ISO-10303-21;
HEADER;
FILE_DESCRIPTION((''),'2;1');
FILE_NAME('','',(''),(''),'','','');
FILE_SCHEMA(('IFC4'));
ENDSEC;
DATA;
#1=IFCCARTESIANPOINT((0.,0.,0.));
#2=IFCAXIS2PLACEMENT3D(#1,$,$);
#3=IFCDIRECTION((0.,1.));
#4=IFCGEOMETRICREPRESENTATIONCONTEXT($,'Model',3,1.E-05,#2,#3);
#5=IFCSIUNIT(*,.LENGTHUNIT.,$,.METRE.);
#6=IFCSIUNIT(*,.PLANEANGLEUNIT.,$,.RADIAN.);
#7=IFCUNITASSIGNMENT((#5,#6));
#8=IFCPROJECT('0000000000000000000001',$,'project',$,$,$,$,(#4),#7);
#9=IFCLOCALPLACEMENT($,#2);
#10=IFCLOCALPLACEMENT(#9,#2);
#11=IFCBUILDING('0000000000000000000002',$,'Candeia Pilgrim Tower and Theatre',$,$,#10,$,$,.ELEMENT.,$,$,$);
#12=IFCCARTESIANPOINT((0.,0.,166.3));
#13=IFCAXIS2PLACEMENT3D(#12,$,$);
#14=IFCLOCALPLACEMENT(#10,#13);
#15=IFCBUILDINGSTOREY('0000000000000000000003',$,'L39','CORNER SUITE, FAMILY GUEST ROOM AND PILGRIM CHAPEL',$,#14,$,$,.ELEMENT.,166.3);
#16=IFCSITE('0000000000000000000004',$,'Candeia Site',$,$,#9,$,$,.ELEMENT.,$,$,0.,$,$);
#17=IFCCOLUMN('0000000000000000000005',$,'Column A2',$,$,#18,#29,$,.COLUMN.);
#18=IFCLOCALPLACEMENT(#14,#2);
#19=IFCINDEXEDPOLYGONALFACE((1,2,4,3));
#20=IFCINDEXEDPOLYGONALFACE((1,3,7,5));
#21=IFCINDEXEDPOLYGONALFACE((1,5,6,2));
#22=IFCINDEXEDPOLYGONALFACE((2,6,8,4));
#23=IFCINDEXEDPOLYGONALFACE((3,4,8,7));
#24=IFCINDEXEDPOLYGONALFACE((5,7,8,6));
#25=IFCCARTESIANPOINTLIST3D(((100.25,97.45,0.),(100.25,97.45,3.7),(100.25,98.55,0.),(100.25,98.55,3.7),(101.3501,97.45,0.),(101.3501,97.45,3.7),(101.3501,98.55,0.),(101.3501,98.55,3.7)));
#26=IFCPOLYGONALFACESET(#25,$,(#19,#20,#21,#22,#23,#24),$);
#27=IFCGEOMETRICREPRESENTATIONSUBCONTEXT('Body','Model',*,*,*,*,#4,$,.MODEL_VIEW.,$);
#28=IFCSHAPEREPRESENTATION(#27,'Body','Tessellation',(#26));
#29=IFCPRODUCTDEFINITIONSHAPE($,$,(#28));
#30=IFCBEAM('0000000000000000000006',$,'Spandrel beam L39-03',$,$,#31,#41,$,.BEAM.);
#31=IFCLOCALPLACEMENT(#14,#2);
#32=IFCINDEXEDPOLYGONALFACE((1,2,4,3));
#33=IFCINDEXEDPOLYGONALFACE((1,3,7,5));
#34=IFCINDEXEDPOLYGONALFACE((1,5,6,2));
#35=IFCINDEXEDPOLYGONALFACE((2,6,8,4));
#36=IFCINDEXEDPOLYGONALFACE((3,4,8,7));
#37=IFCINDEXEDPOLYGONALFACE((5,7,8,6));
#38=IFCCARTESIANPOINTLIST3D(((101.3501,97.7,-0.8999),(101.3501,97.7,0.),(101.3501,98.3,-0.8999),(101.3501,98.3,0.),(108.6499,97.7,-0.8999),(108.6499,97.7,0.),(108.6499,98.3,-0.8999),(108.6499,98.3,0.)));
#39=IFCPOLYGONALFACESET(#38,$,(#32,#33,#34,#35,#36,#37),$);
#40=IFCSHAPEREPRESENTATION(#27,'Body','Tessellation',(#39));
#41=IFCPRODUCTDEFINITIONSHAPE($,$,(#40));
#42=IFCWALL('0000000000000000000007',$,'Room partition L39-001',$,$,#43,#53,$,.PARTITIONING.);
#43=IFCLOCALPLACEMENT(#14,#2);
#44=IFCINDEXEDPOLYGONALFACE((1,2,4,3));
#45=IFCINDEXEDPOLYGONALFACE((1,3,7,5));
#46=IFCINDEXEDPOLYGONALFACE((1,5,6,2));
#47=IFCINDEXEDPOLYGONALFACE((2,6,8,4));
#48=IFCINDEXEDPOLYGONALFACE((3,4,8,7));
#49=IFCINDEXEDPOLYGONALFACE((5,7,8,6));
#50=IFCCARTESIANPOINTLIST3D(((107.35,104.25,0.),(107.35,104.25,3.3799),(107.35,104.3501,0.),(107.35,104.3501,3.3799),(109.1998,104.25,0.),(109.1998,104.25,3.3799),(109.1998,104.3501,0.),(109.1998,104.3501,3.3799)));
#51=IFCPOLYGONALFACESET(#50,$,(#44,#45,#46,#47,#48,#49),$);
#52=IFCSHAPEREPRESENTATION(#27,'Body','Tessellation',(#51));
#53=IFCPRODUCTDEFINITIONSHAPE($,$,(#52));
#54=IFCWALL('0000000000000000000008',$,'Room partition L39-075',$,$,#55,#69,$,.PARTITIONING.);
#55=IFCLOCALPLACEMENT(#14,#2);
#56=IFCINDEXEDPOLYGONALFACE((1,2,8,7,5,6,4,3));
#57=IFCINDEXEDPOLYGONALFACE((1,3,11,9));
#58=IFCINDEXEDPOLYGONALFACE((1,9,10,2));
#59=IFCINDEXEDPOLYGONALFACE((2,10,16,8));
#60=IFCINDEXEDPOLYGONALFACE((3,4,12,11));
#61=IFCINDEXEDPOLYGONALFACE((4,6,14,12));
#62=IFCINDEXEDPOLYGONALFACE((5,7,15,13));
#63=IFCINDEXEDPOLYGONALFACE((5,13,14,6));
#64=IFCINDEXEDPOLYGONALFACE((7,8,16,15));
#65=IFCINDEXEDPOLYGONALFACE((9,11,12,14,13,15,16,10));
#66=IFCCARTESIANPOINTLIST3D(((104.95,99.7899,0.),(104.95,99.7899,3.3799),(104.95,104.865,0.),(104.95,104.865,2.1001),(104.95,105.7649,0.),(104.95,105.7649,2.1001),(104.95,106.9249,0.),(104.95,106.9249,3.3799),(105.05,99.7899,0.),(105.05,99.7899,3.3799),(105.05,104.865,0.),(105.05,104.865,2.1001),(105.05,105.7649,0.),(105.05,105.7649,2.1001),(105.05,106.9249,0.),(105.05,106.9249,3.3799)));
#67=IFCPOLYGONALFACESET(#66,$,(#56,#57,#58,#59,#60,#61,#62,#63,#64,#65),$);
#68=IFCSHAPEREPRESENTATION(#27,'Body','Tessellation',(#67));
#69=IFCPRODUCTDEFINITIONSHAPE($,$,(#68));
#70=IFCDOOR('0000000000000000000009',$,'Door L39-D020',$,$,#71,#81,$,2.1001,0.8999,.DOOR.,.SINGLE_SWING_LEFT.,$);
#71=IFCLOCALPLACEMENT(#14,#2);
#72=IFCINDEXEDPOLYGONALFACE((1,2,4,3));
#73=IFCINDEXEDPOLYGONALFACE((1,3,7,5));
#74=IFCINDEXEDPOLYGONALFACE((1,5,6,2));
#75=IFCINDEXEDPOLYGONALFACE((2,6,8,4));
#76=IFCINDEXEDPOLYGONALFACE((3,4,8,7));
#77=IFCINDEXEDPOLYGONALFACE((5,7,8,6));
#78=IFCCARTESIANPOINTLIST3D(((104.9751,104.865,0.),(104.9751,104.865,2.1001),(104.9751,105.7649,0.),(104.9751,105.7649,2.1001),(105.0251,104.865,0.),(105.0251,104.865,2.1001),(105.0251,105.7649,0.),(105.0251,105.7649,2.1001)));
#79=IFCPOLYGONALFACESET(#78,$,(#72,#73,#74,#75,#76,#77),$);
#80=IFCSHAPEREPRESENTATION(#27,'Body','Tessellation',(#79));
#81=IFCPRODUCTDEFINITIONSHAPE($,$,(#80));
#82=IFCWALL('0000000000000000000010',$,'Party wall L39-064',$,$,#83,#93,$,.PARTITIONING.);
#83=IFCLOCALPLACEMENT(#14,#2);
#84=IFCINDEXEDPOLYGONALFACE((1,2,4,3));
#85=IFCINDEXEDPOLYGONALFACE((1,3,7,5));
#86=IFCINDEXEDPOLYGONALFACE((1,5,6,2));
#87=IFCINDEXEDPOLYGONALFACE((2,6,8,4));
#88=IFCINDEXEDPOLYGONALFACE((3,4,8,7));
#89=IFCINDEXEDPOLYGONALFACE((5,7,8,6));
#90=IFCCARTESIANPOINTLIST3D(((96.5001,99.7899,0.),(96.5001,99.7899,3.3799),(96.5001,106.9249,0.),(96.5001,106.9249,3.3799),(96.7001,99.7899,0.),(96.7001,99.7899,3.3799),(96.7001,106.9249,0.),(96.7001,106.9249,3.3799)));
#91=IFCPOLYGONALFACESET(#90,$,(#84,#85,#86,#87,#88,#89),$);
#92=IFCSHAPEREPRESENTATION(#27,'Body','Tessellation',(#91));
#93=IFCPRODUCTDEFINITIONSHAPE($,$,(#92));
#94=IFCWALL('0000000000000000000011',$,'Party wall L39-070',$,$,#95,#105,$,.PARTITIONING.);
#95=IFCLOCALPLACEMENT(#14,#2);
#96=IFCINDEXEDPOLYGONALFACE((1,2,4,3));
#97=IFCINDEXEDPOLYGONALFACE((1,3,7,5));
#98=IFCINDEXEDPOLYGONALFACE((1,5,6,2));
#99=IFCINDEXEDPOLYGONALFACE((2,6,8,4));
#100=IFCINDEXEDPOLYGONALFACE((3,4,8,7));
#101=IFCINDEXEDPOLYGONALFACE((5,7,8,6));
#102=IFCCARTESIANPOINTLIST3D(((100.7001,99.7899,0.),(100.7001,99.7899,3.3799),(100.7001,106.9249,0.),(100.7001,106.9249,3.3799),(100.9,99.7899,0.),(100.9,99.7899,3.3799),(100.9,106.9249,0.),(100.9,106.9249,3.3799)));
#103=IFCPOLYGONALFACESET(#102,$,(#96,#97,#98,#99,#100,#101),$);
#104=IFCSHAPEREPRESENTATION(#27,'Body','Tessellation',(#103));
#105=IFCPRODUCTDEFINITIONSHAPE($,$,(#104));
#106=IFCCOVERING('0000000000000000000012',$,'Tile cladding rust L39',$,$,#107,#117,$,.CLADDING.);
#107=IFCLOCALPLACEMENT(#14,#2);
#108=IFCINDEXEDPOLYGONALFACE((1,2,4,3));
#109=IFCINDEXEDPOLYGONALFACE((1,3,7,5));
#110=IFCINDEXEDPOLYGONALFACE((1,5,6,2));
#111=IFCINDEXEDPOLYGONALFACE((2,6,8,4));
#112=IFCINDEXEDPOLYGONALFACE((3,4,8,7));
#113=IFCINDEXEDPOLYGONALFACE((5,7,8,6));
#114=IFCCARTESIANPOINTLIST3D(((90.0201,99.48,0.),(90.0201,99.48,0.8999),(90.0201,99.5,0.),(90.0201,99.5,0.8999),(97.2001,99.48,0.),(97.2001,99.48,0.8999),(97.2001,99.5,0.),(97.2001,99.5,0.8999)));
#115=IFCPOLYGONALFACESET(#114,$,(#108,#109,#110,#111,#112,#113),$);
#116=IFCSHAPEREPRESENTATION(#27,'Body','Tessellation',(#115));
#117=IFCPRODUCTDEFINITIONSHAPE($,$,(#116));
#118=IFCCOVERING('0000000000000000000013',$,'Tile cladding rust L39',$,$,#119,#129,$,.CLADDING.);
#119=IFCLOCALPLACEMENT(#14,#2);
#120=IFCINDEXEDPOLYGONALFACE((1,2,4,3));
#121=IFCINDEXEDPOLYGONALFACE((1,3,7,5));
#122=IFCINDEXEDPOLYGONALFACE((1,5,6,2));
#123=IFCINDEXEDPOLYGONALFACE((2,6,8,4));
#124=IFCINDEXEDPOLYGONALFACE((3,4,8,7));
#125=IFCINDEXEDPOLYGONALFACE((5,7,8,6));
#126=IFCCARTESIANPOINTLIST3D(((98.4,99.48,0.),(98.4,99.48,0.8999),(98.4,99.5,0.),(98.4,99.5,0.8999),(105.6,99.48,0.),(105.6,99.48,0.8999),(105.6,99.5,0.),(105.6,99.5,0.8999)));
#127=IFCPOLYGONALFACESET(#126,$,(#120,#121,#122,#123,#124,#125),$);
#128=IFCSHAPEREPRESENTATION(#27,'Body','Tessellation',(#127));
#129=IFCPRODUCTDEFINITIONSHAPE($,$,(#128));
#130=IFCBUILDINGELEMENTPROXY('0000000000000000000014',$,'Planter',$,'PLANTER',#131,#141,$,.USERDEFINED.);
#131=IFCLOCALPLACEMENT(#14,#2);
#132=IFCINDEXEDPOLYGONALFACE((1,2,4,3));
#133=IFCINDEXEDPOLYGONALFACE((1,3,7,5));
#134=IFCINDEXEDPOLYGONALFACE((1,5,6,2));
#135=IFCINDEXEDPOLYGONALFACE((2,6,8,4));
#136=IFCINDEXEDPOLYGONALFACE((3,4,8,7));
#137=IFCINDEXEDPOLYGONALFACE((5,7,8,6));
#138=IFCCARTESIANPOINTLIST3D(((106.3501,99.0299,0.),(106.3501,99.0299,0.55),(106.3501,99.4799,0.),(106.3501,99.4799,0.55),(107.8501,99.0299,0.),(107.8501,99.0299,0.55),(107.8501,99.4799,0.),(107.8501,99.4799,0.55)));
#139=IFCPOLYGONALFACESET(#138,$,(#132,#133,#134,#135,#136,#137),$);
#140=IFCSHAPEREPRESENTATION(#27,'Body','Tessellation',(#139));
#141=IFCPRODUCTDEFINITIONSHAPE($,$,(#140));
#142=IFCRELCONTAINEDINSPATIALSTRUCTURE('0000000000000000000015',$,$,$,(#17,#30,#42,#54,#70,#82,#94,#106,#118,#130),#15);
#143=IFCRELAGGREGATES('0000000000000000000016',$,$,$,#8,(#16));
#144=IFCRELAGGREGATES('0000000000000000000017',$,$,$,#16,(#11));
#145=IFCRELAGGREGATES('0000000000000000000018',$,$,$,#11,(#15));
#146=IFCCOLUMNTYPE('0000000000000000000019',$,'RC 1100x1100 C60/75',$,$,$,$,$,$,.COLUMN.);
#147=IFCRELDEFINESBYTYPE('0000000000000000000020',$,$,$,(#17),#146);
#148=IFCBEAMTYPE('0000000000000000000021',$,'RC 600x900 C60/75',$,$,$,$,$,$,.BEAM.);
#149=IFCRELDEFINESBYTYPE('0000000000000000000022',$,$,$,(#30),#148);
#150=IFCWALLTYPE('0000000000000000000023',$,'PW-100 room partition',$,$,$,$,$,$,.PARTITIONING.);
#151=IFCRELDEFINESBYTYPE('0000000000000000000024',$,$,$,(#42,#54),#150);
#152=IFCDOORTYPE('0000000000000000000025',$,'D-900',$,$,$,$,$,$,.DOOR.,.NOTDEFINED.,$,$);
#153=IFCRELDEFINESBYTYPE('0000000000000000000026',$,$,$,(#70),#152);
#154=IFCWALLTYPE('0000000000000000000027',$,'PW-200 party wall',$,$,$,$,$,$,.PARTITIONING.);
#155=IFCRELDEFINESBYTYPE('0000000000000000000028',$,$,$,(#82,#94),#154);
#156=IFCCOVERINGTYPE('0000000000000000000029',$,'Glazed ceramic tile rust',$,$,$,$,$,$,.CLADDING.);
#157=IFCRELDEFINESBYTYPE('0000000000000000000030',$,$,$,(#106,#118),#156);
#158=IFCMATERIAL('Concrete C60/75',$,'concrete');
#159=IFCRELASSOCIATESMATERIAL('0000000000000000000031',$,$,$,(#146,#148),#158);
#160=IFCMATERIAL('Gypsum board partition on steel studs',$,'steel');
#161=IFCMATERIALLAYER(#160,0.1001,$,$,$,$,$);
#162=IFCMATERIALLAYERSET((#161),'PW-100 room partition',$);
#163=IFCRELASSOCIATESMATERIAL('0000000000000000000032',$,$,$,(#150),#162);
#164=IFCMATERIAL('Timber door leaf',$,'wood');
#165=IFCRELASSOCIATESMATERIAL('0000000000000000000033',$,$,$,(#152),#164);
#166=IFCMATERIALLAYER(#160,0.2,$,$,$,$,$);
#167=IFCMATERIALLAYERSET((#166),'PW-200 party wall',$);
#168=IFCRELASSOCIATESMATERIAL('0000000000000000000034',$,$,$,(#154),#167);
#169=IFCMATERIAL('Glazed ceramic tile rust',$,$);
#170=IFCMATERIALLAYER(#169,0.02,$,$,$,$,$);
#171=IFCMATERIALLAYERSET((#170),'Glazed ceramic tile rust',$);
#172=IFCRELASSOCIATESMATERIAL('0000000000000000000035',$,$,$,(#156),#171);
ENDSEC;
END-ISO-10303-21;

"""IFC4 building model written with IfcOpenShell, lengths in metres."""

from ifc_helpers import new_model, si_unit, direction, frame, frame_2d, origin, origin_2d, place, context, subcontext, project, spatial, rectangle, extrude, material, layer, layer_set, material_profile, profile_set, type_object, element, fill, save


model = new_model("IFC4")

# Units and contexts
model_context = context("Model", 3, precision=1e-05, world=origin(), true_north=direction((0.0, 1.0)))
body_context = subcontext(model_context, "Body", "Model", "MODEL_VIEW")
ifc_project = project(units=[si_unit("LENGTHUNIT", "METRE"), si_unit("PLANEANGLEUNIT", "RADIAN")], contexts=[model_context])

# Site, building, storey
site_placement = place(None, origin())
site = spatial("IfcSite", under=ifc_project, at=site_placement, Name="Candeia Site", CompositionType="ELEMENT", RefElevation=0.0)
building_placement = place(site_placement, origin())
building = spatial("IfcBuilding", under=site, at=building_placement, Name="Candeia Pilgrim Tower and Theatre", CompositionType="ELEMENT")
storey_placement = place(building_placement, frame((0.0, 0.0, 166.3)))
storey = spatial("IfcBuildingStorey", under=building, at=storey_placement, Name="L39", Description="CORNER SUITE, FAMILY GUEST ROOM AND PILGRIM CHAPEL", CompositionType="ELEMENT", Elevation=166.3)

# Column
ifc_material_1 = material(Name="Concrete C60/75", Category="concrete")
ifc_material_profile_1 = material_profile(ifc_material_1, rectangle(XDim=1.1001, YDim=1.1001, at=origin_2d()))
ifc_profile_set_1 = profile_set([ifc_material_profile_1], Name="Concrete C60/75")
column_type = type_object("IfcColumnType", Name="RC 1100x1100 C60/75", PredefinedType="COLUMN", material=ifc_profile_set_1)
column_placement = place(storey_placement, frame((100.8, 98.0, 0.0), z_axis=(0.0, 0.0, 1.0), x_axis=(1.0, 0.0, 0.0)))
element("IfcColumn", 1, at=column_placement, inside=storey, type_object=column_type, Name="Column A2", PredefinedType="COLUMN", context=body_context, shape_type="SweptSolid", body=[
    extrude(rectangle(XDim=1.1001, YDim=1.1001, at=origin_2d()), origin(), (0.0, 0.0, 1.0), 3.7),
])

# Beam
ifc_material_profile_2 = material_profile(ifc_material_1, rectangle(XDim=0.6001, YDim=0.8999, at=origin_2d()))
ifc_profile_set_2 = profile_set([ifc_material_profile_2], Name="Concrete C60/75")
beam_type = type_object("IfcBeamType", Name="RC 600x900 C60/75", PredefinedType="BEAM", material=ifc_profile_set_2)
beam_placement = place(storey_placement, frame((101.3501, 98.0, -0.45), z_axis=(1.0, 0.0, 0.0), x_axis=(0.0, 1.0, 0.0)))
element("IfcBeam", 2, at=beam_placement, inside=storey, type_object=beam_type, Name="Spandrel beam L39-03", PredefinedType="BEAM", context=body_context, shape_type="SweptSolid", body=[
    extrude(rectangle(XDim=0.6001, YDim=0.8999, at=origin_2d()), origin(), (0.0, 0.0, 1.0), 7.2998),
])

# Wall
ifc_material_2 = material(Name="Gypsum board partition on steel studs", Category="steel")
ifc_layer_1 = layer(ifc_material_2, 0.1001)
ifc_layer_set_1 = layer_set([ifc_layer_1], Name="PW-100 room partition")
wall_type_1 = type_object("IfcWallType", Name="PW-100 room partition", PredefinedType="PARTITIONING", material=ifc_layer_set_1)
wall_1_placement = place(storey_placement, frame((107.3501, 104.3, 0.0), z_axis=(0.0, 0.0, 1.0), x_axis=(1.0, 0.0, 0.0)))
element("IfcWall", 3, at=wall_1_placement, inside=storey, type_object=wall_type_1, Name="Room partition L39-001", PredefinedType="PARTITIONING", context=body_context, shape_type="SweptSolid", body=[
    extrude(rectangle(XDim=1.8499, YDim=0.1001, at=frame_2d((0.9248, 0.0))), origin(), (0.0, 0.0, 1.0), 3.3799),
])

# Wall, opening, door
wall_2_placement = place(storey_placement, frame((105.0, 99.79, 0.0), z_axis=(0.0, 0.0, 1.0), x_axis=(0.0, 1.0, 0.0)))
wall_2 = element("IfcWall", 4, at=wall_2_placement, inside=storey, type_object=wall_type_1, Name="Room partition L39-075", PredefinedType="PARTITIONING", context=body_context, shape_type="SweptSolid", body=[
    extrude(rectangle(XDim=7.135, YDim=0.1001, at=frame_2d((3.5674, 0.0))), origin(), (0.0, 0.0, 1.0), 3.3799),
])
opening_placement = place(wall_2_placement, frame((5.075, 0.0, 0.0)))
opening = element("IfcOpeningElement", 5, at=opening_placement, cuts=wall_2, PredefinedType="OPENING", context=body_context, shape_type="SweptSolid", body=[
    extrude(rectangle(XDim=0.8999, YDim=2.1001, at=frame_2d((0.45, 1.05))), frame((0.0, 0.0601, 0.0), z_axis=(0.0, -1.0, 0.0), x_axis=(1.0, 0.0, 0.0)), (0.0, 0.0, 1.0), 0.1201),
])
ifc_material_3 = material(Name="Timber door leaf", Category="wood")
door_type = type_object("IfcDoorType", Name="D-900", OperationType="NOTDEFINED", PredefinedType="DOOR", material=ifc_material_3)
door_placement = place(opening_placement, origin())
door = element("IfcDoor", 6, at=door_placement, inside=storey, type_object=door_type, Name="Door L39-D020", OperationType="SINGLE_SWING_LEFT", OverallHeight=2.1001, OverallWidth=0.8999, PredefinedType="DOOR", context=body_context, shape_type="SweptSolid", body=[
    extrude(rectangle(XDim=0.8999, YDim=2.1001, at=frame_2d((0.45, 1.05))), frame((0.0, 0.0249, 0.0), z_axis=(0.0, -1.0, 0.0), x_axis=(1.0, 0.0, 0.0)), (0.0, 0.0, 1.0), 0.05),
])
fill(opening, door)

# Walls
ifc_layer_2 = layer(ifc_material_2, 0.2)
ifc_layer_set_2 = layer_set([ifc_layer_2], Name="PW-200 party wall")
wall_type_2 = type_object("IfcWallType", Name="PW-200 party wall", PredefinedType="PARTITIONING", material=ifc_layer_set_2)
for number, where, z_axis, x_axis, name in (
    (7, (96.6001, 99.79, 0.0), (0.0, 0.0, 1.0), (0.0, 1.0, 0.0), "Party wall L39-064"),
    (8, (100.8, 99.79, 0.0), (0.0, 0.0, 1.0), (0.0, 1.0, 0.0), "Party wall L39-070"),
):
    element("IfcWall", number, at=place(storey_placement, frame(where, z_axis=z_axis, x_axis=x_axis)), inside=storey, type_object=wall_type_2, Name=name, PredefinedType="PARTITIONING", context=body_context, shape_type="SweptSolid", body=[
        extrude(rectangle(XDim=7.135, YDim=0.2, at=frame_2d((3.5674, 0.0))), origin(), (0.0, 0.0, 1.0), 3.3799),
    ])

# Coverings
ifc_material_4 = material(Name="Glazed ceramic tile rust")
ifc_layer_3 = layer(ifc_material_4, 0.02)
ifc_layer_set_3 = layer_set([ifc_layer_3], Name="Glazed ceramic tile rust")
covering_type = type_object("IfcCoveringType", Name="Glazed ceramic tile rust", PredefinedType="CLADDING", material=ifc_layer_set_3)
covering_1_placement = place(storey_placement, frame((93.6101, 99.49, 0.0), z_axis=(0.0, 0.0, 1.0), x_axis=(1.0, 0.0, 0.0)))
element("IfcCovering", 9, at=covering_1_placement, inside=storey, type_object=covering_type, Name="Tile cladding rust L39", PredefinedType="CLADDING", context=body_context, shape_type="SweptSolid", body=[
    extrude(rectangle(XDim=7.1799, YDim=0.02, at=origin_2d()), origin(), (0.0, 0.0, 1.0), 0.8999),
])
covering_2_placement = place(storey_placement, frame((102.0, 99.49, 0.0), z_axis=(0.0, 0.0, 1.0), x_axis=(1.0, 0.0, 0.0)))
element("IfcCovering", 10, at=covering_2_placement, inside=storey, type_object=covering_type, Name="Tile cladding rust L39", PredefinedType="CLADDING", context=body_context, shape_type="SweptSolid", body=[
    extrude(rectangle(XDim=7.2, YDim=0.02, at=origin_2d()), origin(), (0.0, 0.0, 1.0), 0.8999),
])

# Building element proxy
proxy_placement = place(storey_placement, frame((107.1001, 99.2549, 0.0), z_axis=(0.0, 0.0, 1.0), x_axis=(1.0, 0.0, 0.0)))
element("IfcBuildingElementProxy", 11, at=proxy_placement, inside=storey, Name="Planter", ObjectType="PLANTER", PredefinedType="USERDEFINED", context=body_context, shape_type="SweptSolid", body=[
    extrude(rectangle(XDim=1.5, YDim=0.45, at=origin_2d()), origin(), (0.0, 0.0, 1.0), 0.55),
])

save(model, "model.ifc")
